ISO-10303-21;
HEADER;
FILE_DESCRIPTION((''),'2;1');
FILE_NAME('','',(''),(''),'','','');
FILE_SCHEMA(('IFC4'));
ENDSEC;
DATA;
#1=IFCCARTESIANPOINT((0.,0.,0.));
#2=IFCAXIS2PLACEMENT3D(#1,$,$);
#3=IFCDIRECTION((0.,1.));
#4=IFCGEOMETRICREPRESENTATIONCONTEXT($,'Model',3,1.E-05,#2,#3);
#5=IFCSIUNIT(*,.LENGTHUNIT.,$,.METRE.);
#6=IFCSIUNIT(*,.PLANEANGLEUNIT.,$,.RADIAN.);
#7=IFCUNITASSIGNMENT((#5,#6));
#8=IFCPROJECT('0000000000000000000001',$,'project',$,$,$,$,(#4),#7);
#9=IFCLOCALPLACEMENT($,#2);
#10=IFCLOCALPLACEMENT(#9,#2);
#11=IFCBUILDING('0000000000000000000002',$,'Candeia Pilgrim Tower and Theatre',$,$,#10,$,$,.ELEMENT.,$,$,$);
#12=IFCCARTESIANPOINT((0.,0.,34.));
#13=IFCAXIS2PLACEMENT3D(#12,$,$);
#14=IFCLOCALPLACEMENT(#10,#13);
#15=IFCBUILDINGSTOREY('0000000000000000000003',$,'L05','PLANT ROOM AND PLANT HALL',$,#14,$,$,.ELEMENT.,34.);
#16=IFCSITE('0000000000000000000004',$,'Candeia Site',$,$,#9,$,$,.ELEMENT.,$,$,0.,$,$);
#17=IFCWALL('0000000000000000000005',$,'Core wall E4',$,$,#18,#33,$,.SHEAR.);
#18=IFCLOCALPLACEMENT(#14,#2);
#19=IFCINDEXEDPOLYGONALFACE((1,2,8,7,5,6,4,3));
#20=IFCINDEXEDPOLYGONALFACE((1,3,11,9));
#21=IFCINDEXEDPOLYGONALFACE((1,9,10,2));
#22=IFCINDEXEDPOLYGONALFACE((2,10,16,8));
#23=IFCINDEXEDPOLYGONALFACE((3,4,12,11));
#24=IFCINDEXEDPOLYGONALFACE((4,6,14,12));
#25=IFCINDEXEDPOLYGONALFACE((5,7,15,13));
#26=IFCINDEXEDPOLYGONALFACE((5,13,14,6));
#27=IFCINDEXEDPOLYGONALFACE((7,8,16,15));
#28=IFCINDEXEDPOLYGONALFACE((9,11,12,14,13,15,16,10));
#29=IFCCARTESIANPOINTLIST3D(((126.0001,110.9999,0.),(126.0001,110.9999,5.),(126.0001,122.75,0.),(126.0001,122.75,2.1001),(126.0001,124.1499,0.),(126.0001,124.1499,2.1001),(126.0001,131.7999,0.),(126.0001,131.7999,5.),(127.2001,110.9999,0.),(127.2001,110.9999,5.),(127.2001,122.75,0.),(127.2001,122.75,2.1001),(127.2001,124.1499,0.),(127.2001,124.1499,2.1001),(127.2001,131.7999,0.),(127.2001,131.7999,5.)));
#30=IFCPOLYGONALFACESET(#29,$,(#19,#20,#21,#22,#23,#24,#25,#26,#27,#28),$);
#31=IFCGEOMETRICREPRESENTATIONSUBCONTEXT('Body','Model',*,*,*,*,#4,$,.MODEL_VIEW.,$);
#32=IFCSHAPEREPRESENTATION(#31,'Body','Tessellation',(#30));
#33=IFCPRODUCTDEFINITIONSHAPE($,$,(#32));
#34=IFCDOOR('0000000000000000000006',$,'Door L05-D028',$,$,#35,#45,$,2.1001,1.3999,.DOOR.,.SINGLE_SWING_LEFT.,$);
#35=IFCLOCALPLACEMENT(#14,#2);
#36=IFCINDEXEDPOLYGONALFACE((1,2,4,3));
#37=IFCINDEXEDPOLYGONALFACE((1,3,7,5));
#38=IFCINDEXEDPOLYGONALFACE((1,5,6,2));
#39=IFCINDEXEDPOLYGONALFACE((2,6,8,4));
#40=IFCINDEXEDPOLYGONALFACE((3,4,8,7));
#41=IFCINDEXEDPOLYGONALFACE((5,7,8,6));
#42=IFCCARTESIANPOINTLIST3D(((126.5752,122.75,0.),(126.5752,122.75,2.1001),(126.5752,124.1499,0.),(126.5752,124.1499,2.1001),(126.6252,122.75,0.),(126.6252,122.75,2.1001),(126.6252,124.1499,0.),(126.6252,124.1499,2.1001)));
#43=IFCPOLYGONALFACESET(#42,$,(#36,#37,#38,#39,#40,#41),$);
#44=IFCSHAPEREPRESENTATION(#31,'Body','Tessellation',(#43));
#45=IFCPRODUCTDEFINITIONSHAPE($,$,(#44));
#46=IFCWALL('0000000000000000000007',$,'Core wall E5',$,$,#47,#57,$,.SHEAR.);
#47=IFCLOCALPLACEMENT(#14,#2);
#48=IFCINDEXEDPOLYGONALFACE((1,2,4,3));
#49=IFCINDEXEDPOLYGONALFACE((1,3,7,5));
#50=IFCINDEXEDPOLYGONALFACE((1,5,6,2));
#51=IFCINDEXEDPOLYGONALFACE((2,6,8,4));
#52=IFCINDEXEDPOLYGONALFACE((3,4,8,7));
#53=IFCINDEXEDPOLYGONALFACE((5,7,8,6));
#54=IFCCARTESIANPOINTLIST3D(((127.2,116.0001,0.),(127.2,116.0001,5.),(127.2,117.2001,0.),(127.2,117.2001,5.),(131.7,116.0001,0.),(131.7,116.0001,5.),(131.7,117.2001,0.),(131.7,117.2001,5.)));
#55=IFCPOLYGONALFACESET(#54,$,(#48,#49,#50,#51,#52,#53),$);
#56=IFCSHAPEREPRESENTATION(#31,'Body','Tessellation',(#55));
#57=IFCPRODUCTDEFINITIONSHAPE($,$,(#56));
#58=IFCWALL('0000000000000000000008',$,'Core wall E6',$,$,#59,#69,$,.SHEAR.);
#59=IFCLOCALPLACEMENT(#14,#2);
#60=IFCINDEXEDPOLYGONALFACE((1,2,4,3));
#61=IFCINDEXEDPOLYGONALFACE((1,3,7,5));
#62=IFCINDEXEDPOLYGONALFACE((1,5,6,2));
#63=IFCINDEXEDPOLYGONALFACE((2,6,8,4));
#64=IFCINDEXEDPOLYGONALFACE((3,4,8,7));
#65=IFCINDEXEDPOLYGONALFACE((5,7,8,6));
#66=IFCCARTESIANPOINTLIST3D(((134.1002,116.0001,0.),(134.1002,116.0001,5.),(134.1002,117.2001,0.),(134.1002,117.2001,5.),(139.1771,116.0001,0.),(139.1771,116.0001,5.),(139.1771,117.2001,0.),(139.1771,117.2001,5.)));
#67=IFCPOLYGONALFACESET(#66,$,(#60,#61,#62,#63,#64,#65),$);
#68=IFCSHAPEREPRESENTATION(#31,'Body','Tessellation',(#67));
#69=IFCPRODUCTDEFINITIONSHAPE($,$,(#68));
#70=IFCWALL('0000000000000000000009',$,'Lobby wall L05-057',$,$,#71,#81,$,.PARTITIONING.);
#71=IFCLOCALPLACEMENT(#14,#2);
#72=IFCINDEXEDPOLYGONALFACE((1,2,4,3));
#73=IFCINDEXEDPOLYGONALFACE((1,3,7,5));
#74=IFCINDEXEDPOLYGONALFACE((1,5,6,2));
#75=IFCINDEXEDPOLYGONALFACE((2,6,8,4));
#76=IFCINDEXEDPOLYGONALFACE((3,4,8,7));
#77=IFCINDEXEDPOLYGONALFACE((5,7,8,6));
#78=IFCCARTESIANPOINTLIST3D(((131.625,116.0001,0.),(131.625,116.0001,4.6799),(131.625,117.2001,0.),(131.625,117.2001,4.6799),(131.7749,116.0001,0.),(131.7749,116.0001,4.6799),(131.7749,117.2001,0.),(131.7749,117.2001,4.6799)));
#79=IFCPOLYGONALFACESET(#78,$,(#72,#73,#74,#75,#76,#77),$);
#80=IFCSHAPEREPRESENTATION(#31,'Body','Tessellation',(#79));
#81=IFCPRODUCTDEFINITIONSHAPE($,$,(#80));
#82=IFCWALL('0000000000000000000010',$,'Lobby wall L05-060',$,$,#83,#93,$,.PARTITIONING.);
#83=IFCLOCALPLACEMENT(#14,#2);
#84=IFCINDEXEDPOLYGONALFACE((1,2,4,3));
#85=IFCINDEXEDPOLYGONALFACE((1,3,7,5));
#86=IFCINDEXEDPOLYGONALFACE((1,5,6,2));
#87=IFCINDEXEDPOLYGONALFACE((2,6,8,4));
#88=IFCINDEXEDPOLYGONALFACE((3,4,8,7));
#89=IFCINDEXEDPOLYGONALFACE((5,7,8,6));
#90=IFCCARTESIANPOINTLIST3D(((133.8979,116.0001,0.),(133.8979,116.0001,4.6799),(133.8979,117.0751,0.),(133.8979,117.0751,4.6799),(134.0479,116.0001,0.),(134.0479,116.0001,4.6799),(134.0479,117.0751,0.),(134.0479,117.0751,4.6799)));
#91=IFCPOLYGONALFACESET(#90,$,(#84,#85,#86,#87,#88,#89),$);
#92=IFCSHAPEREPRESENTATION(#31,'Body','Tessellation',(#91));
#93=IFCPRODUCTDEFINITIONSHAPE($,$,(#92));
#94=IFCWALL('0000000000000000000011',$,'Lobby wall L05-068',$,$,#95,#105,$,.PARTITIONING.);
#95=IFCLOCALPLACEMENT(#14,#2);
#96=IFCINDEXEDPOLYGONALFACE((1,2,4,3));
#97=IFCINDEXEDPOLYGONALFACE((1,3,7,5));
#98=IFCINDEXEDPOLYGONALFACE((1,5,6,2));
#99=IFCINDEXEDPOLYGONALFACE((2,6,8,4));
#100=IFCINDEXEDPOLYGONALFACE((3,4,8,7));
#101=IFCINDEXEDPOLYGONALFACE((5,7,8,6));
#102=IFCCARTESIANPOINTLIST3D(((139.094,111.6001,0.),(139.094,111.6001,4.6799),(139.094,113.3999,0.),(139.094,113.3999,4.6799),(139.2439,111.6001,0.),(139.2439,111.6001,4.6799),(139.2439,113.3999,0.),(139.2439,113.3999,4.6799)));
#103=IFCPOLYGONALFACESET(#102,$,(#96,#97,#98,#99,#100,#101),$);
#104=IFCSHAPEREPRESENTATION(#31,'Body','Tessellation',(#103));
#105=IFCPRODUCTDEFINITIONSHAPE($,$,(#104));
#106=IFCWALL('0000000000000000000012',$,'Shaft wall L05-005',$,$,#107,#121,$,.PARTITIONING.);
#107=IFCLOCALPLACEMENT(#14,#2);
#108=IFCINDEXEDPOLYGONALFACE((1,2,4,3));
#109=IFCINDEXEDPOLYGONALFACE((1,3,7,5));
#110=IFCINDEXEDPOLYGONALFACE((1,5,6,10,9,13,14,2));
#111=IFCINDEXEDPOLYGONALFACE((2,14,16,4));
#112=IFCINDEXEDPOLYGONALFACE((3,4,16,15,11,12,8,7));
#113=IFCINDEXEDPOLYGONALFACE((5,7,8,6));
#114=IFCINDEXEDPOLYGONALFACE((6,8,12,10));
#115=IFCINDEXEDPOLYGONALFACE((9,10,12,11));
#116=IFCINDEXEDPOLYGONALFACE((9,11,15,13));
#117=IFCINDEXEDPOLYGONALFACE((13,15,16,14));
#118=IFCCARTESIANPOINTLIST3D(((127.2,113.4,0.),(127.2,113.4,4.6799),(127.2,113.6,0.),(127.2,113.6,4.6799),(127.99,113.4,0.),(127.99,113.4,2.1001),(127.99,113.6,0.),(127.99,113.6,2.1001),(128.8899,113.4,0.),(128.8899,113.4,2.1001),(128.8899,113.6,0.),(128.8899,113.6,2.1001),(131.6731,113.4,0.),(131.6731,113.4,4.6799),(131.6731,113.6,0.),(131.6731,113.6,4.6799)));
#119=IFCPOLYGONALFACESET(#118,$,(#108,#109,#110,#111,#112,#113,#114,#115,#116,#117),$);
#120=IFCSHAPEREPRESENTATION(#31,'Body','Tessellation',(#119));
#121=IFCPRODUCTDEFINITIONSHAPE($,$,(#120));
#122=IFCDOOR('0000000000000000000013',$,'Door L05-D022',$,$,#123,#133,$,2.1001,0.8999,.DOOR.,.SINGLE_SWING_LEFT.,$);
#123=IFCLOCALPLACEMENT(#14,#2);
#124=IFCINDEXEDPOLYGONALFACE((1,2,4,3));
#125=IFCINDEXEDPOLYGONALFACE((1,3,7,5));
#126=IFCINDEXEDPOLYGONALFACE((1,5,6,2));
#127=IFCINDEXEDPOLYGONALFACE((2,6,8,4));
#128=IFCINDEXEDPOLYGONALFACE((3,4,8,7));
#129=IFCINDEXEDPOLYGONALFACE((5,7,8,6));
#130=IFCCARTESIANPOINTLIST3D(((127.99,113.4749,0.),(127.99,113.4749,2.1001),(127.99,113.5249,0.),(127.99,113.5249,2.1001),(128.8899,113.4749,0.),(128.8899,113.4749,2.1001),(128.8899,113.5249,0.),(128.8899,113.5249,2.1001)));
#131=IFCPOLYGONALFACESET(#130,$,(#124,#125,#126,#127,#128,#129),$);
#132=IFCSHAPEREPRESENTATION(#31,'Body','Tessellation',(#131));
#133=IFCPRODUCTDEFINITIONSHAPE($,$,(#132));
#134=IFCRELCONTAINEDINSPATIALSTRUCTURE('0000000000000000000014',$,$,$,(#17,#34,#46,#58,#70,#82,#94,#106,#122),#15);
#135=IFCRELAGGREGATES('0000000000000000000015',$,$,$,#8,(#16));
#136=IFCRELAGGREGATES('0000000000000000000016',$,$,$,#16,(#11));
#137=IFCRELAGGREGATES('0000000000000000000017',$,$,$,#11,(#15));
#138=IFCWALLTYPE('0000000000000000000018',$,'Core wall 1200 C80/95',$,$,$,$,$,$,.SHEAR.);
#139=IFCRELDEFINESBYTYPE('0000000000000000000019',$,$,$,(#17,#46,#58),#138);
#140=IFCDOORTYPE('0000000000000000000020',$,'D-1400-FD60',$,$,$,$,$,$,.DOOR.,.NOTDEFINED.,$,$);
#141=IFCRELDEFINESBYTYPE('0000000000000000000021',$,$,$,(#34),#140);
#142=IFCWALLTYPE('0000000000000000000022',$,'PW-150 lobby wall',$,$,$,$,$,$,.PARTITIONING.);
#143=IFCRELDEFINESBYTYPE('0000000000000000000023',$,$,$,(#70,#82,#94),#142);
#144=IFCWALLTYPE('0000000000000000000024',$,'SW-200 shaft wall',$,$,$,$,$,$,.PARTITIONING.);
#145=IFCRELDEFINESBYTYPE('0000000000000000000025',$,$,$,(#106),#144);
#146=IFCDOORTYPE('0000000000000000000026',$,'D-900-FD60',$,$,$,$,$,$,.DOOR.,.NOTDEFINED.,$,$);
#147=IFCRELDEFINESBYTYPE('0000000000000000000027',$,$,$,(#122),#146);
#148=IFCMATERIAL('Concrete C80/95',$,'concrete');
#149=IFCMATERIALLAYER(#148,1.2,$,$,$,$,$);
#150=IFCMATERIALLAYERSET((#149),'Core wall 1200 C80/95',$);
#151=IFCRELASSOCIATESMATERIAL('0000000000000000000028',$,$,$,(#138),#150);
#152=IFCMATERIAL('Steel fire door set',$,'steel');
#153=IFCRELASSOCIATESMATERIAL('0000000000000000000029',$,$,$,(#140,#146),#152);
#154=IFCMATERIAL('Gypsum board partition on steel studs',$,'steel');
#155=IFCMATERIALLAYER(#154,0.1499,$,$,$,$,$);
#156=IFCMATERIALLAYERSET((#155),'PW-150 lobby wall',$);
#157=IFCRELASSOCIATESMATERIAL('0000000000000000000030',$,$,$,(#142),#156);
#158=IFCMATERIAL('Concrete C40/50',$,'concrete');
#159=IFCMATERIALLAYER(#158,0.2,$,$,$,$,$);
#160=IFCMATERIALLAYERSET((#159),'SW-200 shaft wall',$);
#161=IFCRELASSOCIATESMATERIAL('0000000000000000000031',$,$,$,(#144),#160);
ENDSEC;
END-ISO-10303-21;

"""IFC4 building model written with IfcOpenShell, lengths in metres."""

from ifc_helpers import new_model, si_unit, direction, frame, frame_2d, origin, place, context, subcontext, project, spatial, rectangle, extrude, material, layer, layer_set, type_object, element, fill, save


model = new_model("IFC4")

# Units and contexts
model_context = context("Model", 3, precision=1e-05, world=origin(), true_north=direction((0.0, 1.0)))
body_context = subcontext(model_context, "Body", "Model", "MODEL_VIEW")
ifc_project = project(units=[si_unit("LENGTHUNIT", "METRE"), si_unit("PLANEANGLEUNIT", "RADIAN")], contexts=[model_context])

# Site, building, storey
site_placement = place(None, origin())
site = spatial("IfcSite", under=ifc_project, at=site_placement, Name="Candeia Site", CompositionType="ELEMENT", RefElevation=0.0)
building_placement = place(site_placement, origin())
building = spatial("IfcBuilding", under=site, at=building_placement, Name="Candeia Pilgrim Tower and Theatre", CompositionType="ELEMENT")
storey_placement = place(building_placement, frame((0.0, 0.0, 34.0)))
storey = spatial("IfcBuildingStorey", under=building, at=storey_placement, Name="L05", Description="PLANT ROOM AND PLANT HALL", CompositionType="ELEMENT", Elevation=34.0)

# Wall, opening, door
ifc_material_1 = material(Name="Concrete C80/95", Category="concrete")
ifc_layer_1 = layer(ifc_material_1, 1.2)
ifc_layer_set_1 = layer_set([ifc_layer_1], Name="Core wall 1200 C80/95")
wall_type_1 = type_object("IfcWallType", Name="Core wall 1200 C80/95", PredefinedType="SHEAR", material=ifc_layer_set_1)
wall_1_placement = place(storey_placement, frame((126.6001, 111.0, 0.0), z_axis=(0.0, 0.0, 1.0), x_axis=(0.0, 1.0, 0.0)))
wall_1 = element("IfcWall", 1, at=wall_1_placement, inside=storey, type_object=wall_type_1, Name="Core wall E4", PredefinedType="SHEAR", context=body_context, shape_type="SweptSolid", body=[
    extrude(rectangle(XDim=20.8, YDim=1.2, at=frame_2d((10.3999, 0.0))), origin(), (0.0, 0.0, 1.0), 5.0),
])
opening_1_placement = place(wall_1_placement, frame((11.75, 0.0, 0.0)))
opening_1 = element("IfcOpeningElement", 2, at=opening_1_placement, cuts=wall_1, PredefinedType="OPENING", context=body_context, shape_type="SweptSolid", body=[
    extrude(rectangle(XDim=1.3999, YDim=2.1001, at=frame_2d((0.7, 1.05))), frame((0.0, 0.6099, 0.0), z_axis=(0.0, -1.0, 0.0), x_axis=(1.0, 0.0, 0.0)), (0.0, 0.0, 1.0), 1.22),
])
ifc_material_2 = material(Name="Steel fire door set", Category="steel")
door_type_1 = type_object("IfcDoorType", Name="D-1400-FD60", OperationType="NOTDEFINED", PredefinedType="DOOR", material=ifc_material_2)
door_1_placement = place(opening_1_placement, origin())
door_1 = element("IfcDoor", 3, at=door_1_placement, inside=storey, type_object=door_type_1, Name="Door L05-D028", OperationType="SINGLE_SWING_LEFT", OverallHeight=2.1001, OverallWidth=1.3999, PredefinedType="DOOR", context=body_context, shape_type="SweptSolid", body=[
    extrude(rectangle(XDim=1.3999, YDim=2.1001, at=frame_2d((0.7, 1.05))), frame((0.0, 0.0249, 0.0), z_axis=(0.0, -1.0, 0.0), x_axis=(1.0, 0.0, 0.0)), (0.0, 0.0, 1.0), 0.05),
])
fill(opening_1, door_1)

# Walls
wall_2_placement = place(storey_placement, frame((127.2, 116.6001, 0.0), z_axis=(0.0, 0.0, 1.0), x_axis=(1.0, 0.0, 0.0)))
element("IfcWall", 4, at=wall_2_placement, inside=storey, type_object=wall_type_1, Name="Core wall E5", PredefinedType="SHEAR", context=body_context, shape_type="SweptSolid", body=[
    extrude(rectangle(XDim=4.5, YDim=1.2, at=frame_2d((2.25, 0.0))), origin(), (0.0, 0.0, 1.0), 5.0),
])
wall_3_placement = place(storey_placement, frame((134.1001, 116.6001, 0.0), z_axis=(0.0, 0.0, 1.0), x_axis=(1.0, 0.0, 0.0)))
element("IfcWall", 5, at=wall_3_placement, inside=storey, type_object=wall_type_1, Name="Core wall E6", PredefinedType="SHEAR", context=body_context, shape_type="SweptSolid", body=[
    extrude(rectangle(XDim=5.0769, YDim=1.2, at=frame_2d((2.5386, 0.0))), origin(), (0.0, 0.0, 1.0), 5.0),
])
ifc_material_3 = material(Name="Gypsum board partition on steel studs", Category="steel")
ifc_layer_2 = layer(ifc_material_3, 0.1499)
ifc_layer_set_2 = layer_set([ifc_layer_2], Name="PW-150 lobby wall")
wall_type_2 = type_object("IfcWallType", Name="PW-150 lobby wall", PredefinedType="PARTITIONING", material=ifc_layer_set_2)
wall_4_placement = place(storey_placement, frame((131.7, 116.0, 0.0), z_axis=(0.0, 0.0, 1.0), x_axis=(0.0, 1.0, 0.0)))
element("IfcWall", 6, at=wall_4_placement, inside=storey, type_object=wall_type_2, Name="Lobby wall L05-057", PredefinedType="PARTITIONING", context=body_context, shape_type="SweptSolid", body=[
    extrude(rectangle(XDim=1.2, YDim=0.1499, at=frame_2d((0.6001, 0.0))), origin(), (0.0, 0.0, 1.0), 4.6799),
])
wall_5_placement = place(storey_placement, frame((133.9729, 116.0, 0.0), z_axis=(0.0, 0.0, 1.0), x_axis=(0.0, 1.0, 0.0)))
element("IfcWall", 7, at=wall_5_placement, inside=storey, type_object=wall_type_2, Name="Lobby wall L05-060", PredefinedType="PARTITIONING", context=body_context, shape_type="SweptSolid", body=[
    extrude(rectangle(XDim=1.075, YDim=0.1499, at=frame_2d((0.5376, 0.0))), origin(), (0.0, 0.0, 1.0), 4.6799),
])
wall_6_placement = place(storey_placement, frame((139.1689, 111.6001, 0.0), z_axis=(0.0, 0.0, 1.0), x_axis=(0.0, 1.0, 0.0)))
element("IfcWall", 8, at=wall_6_placement, inside=storey, type_object=wall_type_2, Name="Lobby wall L05-068", PredefinedType="PARTITIONING", context=body_context, shape_type="SweptSolid", body=[
    extrude(rectangle(XDim=1.7998, YDim=0.1499, at=frame_2d((0.8999, 0.0))), origin(), (0.0, 0.0, 1.0), 4.6799),
])

# Wall, opening, door
ifc_material_4 = material(Name="Concrete C40/50", Category="concrete")
ifc_layer_3 = layer(ifc_material_4, 0.2)
ifc_layer_set_3 = layer_set([ifc_layer_3], Name="SW-200 shaft wall")
wall_type_3 = type_object("IfcWallType", Name="SW-200 shaft wall", PredefinedType="PARTITIONING", material=ifc_layer_set_3)
wall_7_placement = place(storey_placement, frame((127.2, 113.5, 0.0), z_axis=(0.0, 0.0, 1.0), x_axis=(1.0, 0.0, 0.0)))
wall_7 = element("IfcWall", 9, at=wall_7_placement, inside=storey, type_object=wall_type_3, Name="Shaft wall L05-005", PredefinedType="PARTITIONING", context=body_context, shape_type="SweptSolid", body=[
    extrude(rectangle(XDim=4.4731, YDim=0.2, at=frame_2d((2.2366, 0.0))), origin(), (0.0, 0.0, 1.0), 4.6799),
])
opening_2_placement = place(wall_7_placement, frame((0.79, 0.0, 0.0)))
opening_2 = element("IfcOpeningElement", 10, at=opening_2_placement, cuts=wall_7, PredefinedType="OPENING", context=body_context, shape_type="SweptSolid", body=[
    extrude(rectangle(XDim=0.8999, YDim=2.1001, at=frame_2d((0.45, 1.05))), frame((0.0, 0.1099, 0.0), z_axis=(0.0, -1.0, 0.0), x_axis=(1.0, 0.0, 0.0)), (0.0, 0.0, 1.0), 0.22),
])
door_type_2 = type_object("IfcDoorType", Name="D-900-FD60", OperationType="NOTDEFINED", PredefinedType="DOOR", material=ifc_material_2)
door_2_placement = place(opening_2_placement, origin())
door_2 = element("IfcDoor", 11, at=door_2_placement, inside=storey, type_object=door_type_2, Name="Door L05-D022", OperationType="SINGLE_SWING_LEFT", OverallHeight=2.1001, OverallWidth=0.8999, PredefinedType="DOOR", context=body_context, shape_type="SweptSolid", body=[
    extrude(rectangle(XDim=0.8999, YDim=2.1001, at=frame_2d((0.45, 1.05))), frame((0.0, 0.0249, 0.0), z_axis=(0.0, -1.0, 0.0), x_axis=(1.0, 0.0, 0.0)), (0.0, 0.0, 1.0), 0.05),
])
fill(opening_2, door_2)

save(model, "model.ifc")
